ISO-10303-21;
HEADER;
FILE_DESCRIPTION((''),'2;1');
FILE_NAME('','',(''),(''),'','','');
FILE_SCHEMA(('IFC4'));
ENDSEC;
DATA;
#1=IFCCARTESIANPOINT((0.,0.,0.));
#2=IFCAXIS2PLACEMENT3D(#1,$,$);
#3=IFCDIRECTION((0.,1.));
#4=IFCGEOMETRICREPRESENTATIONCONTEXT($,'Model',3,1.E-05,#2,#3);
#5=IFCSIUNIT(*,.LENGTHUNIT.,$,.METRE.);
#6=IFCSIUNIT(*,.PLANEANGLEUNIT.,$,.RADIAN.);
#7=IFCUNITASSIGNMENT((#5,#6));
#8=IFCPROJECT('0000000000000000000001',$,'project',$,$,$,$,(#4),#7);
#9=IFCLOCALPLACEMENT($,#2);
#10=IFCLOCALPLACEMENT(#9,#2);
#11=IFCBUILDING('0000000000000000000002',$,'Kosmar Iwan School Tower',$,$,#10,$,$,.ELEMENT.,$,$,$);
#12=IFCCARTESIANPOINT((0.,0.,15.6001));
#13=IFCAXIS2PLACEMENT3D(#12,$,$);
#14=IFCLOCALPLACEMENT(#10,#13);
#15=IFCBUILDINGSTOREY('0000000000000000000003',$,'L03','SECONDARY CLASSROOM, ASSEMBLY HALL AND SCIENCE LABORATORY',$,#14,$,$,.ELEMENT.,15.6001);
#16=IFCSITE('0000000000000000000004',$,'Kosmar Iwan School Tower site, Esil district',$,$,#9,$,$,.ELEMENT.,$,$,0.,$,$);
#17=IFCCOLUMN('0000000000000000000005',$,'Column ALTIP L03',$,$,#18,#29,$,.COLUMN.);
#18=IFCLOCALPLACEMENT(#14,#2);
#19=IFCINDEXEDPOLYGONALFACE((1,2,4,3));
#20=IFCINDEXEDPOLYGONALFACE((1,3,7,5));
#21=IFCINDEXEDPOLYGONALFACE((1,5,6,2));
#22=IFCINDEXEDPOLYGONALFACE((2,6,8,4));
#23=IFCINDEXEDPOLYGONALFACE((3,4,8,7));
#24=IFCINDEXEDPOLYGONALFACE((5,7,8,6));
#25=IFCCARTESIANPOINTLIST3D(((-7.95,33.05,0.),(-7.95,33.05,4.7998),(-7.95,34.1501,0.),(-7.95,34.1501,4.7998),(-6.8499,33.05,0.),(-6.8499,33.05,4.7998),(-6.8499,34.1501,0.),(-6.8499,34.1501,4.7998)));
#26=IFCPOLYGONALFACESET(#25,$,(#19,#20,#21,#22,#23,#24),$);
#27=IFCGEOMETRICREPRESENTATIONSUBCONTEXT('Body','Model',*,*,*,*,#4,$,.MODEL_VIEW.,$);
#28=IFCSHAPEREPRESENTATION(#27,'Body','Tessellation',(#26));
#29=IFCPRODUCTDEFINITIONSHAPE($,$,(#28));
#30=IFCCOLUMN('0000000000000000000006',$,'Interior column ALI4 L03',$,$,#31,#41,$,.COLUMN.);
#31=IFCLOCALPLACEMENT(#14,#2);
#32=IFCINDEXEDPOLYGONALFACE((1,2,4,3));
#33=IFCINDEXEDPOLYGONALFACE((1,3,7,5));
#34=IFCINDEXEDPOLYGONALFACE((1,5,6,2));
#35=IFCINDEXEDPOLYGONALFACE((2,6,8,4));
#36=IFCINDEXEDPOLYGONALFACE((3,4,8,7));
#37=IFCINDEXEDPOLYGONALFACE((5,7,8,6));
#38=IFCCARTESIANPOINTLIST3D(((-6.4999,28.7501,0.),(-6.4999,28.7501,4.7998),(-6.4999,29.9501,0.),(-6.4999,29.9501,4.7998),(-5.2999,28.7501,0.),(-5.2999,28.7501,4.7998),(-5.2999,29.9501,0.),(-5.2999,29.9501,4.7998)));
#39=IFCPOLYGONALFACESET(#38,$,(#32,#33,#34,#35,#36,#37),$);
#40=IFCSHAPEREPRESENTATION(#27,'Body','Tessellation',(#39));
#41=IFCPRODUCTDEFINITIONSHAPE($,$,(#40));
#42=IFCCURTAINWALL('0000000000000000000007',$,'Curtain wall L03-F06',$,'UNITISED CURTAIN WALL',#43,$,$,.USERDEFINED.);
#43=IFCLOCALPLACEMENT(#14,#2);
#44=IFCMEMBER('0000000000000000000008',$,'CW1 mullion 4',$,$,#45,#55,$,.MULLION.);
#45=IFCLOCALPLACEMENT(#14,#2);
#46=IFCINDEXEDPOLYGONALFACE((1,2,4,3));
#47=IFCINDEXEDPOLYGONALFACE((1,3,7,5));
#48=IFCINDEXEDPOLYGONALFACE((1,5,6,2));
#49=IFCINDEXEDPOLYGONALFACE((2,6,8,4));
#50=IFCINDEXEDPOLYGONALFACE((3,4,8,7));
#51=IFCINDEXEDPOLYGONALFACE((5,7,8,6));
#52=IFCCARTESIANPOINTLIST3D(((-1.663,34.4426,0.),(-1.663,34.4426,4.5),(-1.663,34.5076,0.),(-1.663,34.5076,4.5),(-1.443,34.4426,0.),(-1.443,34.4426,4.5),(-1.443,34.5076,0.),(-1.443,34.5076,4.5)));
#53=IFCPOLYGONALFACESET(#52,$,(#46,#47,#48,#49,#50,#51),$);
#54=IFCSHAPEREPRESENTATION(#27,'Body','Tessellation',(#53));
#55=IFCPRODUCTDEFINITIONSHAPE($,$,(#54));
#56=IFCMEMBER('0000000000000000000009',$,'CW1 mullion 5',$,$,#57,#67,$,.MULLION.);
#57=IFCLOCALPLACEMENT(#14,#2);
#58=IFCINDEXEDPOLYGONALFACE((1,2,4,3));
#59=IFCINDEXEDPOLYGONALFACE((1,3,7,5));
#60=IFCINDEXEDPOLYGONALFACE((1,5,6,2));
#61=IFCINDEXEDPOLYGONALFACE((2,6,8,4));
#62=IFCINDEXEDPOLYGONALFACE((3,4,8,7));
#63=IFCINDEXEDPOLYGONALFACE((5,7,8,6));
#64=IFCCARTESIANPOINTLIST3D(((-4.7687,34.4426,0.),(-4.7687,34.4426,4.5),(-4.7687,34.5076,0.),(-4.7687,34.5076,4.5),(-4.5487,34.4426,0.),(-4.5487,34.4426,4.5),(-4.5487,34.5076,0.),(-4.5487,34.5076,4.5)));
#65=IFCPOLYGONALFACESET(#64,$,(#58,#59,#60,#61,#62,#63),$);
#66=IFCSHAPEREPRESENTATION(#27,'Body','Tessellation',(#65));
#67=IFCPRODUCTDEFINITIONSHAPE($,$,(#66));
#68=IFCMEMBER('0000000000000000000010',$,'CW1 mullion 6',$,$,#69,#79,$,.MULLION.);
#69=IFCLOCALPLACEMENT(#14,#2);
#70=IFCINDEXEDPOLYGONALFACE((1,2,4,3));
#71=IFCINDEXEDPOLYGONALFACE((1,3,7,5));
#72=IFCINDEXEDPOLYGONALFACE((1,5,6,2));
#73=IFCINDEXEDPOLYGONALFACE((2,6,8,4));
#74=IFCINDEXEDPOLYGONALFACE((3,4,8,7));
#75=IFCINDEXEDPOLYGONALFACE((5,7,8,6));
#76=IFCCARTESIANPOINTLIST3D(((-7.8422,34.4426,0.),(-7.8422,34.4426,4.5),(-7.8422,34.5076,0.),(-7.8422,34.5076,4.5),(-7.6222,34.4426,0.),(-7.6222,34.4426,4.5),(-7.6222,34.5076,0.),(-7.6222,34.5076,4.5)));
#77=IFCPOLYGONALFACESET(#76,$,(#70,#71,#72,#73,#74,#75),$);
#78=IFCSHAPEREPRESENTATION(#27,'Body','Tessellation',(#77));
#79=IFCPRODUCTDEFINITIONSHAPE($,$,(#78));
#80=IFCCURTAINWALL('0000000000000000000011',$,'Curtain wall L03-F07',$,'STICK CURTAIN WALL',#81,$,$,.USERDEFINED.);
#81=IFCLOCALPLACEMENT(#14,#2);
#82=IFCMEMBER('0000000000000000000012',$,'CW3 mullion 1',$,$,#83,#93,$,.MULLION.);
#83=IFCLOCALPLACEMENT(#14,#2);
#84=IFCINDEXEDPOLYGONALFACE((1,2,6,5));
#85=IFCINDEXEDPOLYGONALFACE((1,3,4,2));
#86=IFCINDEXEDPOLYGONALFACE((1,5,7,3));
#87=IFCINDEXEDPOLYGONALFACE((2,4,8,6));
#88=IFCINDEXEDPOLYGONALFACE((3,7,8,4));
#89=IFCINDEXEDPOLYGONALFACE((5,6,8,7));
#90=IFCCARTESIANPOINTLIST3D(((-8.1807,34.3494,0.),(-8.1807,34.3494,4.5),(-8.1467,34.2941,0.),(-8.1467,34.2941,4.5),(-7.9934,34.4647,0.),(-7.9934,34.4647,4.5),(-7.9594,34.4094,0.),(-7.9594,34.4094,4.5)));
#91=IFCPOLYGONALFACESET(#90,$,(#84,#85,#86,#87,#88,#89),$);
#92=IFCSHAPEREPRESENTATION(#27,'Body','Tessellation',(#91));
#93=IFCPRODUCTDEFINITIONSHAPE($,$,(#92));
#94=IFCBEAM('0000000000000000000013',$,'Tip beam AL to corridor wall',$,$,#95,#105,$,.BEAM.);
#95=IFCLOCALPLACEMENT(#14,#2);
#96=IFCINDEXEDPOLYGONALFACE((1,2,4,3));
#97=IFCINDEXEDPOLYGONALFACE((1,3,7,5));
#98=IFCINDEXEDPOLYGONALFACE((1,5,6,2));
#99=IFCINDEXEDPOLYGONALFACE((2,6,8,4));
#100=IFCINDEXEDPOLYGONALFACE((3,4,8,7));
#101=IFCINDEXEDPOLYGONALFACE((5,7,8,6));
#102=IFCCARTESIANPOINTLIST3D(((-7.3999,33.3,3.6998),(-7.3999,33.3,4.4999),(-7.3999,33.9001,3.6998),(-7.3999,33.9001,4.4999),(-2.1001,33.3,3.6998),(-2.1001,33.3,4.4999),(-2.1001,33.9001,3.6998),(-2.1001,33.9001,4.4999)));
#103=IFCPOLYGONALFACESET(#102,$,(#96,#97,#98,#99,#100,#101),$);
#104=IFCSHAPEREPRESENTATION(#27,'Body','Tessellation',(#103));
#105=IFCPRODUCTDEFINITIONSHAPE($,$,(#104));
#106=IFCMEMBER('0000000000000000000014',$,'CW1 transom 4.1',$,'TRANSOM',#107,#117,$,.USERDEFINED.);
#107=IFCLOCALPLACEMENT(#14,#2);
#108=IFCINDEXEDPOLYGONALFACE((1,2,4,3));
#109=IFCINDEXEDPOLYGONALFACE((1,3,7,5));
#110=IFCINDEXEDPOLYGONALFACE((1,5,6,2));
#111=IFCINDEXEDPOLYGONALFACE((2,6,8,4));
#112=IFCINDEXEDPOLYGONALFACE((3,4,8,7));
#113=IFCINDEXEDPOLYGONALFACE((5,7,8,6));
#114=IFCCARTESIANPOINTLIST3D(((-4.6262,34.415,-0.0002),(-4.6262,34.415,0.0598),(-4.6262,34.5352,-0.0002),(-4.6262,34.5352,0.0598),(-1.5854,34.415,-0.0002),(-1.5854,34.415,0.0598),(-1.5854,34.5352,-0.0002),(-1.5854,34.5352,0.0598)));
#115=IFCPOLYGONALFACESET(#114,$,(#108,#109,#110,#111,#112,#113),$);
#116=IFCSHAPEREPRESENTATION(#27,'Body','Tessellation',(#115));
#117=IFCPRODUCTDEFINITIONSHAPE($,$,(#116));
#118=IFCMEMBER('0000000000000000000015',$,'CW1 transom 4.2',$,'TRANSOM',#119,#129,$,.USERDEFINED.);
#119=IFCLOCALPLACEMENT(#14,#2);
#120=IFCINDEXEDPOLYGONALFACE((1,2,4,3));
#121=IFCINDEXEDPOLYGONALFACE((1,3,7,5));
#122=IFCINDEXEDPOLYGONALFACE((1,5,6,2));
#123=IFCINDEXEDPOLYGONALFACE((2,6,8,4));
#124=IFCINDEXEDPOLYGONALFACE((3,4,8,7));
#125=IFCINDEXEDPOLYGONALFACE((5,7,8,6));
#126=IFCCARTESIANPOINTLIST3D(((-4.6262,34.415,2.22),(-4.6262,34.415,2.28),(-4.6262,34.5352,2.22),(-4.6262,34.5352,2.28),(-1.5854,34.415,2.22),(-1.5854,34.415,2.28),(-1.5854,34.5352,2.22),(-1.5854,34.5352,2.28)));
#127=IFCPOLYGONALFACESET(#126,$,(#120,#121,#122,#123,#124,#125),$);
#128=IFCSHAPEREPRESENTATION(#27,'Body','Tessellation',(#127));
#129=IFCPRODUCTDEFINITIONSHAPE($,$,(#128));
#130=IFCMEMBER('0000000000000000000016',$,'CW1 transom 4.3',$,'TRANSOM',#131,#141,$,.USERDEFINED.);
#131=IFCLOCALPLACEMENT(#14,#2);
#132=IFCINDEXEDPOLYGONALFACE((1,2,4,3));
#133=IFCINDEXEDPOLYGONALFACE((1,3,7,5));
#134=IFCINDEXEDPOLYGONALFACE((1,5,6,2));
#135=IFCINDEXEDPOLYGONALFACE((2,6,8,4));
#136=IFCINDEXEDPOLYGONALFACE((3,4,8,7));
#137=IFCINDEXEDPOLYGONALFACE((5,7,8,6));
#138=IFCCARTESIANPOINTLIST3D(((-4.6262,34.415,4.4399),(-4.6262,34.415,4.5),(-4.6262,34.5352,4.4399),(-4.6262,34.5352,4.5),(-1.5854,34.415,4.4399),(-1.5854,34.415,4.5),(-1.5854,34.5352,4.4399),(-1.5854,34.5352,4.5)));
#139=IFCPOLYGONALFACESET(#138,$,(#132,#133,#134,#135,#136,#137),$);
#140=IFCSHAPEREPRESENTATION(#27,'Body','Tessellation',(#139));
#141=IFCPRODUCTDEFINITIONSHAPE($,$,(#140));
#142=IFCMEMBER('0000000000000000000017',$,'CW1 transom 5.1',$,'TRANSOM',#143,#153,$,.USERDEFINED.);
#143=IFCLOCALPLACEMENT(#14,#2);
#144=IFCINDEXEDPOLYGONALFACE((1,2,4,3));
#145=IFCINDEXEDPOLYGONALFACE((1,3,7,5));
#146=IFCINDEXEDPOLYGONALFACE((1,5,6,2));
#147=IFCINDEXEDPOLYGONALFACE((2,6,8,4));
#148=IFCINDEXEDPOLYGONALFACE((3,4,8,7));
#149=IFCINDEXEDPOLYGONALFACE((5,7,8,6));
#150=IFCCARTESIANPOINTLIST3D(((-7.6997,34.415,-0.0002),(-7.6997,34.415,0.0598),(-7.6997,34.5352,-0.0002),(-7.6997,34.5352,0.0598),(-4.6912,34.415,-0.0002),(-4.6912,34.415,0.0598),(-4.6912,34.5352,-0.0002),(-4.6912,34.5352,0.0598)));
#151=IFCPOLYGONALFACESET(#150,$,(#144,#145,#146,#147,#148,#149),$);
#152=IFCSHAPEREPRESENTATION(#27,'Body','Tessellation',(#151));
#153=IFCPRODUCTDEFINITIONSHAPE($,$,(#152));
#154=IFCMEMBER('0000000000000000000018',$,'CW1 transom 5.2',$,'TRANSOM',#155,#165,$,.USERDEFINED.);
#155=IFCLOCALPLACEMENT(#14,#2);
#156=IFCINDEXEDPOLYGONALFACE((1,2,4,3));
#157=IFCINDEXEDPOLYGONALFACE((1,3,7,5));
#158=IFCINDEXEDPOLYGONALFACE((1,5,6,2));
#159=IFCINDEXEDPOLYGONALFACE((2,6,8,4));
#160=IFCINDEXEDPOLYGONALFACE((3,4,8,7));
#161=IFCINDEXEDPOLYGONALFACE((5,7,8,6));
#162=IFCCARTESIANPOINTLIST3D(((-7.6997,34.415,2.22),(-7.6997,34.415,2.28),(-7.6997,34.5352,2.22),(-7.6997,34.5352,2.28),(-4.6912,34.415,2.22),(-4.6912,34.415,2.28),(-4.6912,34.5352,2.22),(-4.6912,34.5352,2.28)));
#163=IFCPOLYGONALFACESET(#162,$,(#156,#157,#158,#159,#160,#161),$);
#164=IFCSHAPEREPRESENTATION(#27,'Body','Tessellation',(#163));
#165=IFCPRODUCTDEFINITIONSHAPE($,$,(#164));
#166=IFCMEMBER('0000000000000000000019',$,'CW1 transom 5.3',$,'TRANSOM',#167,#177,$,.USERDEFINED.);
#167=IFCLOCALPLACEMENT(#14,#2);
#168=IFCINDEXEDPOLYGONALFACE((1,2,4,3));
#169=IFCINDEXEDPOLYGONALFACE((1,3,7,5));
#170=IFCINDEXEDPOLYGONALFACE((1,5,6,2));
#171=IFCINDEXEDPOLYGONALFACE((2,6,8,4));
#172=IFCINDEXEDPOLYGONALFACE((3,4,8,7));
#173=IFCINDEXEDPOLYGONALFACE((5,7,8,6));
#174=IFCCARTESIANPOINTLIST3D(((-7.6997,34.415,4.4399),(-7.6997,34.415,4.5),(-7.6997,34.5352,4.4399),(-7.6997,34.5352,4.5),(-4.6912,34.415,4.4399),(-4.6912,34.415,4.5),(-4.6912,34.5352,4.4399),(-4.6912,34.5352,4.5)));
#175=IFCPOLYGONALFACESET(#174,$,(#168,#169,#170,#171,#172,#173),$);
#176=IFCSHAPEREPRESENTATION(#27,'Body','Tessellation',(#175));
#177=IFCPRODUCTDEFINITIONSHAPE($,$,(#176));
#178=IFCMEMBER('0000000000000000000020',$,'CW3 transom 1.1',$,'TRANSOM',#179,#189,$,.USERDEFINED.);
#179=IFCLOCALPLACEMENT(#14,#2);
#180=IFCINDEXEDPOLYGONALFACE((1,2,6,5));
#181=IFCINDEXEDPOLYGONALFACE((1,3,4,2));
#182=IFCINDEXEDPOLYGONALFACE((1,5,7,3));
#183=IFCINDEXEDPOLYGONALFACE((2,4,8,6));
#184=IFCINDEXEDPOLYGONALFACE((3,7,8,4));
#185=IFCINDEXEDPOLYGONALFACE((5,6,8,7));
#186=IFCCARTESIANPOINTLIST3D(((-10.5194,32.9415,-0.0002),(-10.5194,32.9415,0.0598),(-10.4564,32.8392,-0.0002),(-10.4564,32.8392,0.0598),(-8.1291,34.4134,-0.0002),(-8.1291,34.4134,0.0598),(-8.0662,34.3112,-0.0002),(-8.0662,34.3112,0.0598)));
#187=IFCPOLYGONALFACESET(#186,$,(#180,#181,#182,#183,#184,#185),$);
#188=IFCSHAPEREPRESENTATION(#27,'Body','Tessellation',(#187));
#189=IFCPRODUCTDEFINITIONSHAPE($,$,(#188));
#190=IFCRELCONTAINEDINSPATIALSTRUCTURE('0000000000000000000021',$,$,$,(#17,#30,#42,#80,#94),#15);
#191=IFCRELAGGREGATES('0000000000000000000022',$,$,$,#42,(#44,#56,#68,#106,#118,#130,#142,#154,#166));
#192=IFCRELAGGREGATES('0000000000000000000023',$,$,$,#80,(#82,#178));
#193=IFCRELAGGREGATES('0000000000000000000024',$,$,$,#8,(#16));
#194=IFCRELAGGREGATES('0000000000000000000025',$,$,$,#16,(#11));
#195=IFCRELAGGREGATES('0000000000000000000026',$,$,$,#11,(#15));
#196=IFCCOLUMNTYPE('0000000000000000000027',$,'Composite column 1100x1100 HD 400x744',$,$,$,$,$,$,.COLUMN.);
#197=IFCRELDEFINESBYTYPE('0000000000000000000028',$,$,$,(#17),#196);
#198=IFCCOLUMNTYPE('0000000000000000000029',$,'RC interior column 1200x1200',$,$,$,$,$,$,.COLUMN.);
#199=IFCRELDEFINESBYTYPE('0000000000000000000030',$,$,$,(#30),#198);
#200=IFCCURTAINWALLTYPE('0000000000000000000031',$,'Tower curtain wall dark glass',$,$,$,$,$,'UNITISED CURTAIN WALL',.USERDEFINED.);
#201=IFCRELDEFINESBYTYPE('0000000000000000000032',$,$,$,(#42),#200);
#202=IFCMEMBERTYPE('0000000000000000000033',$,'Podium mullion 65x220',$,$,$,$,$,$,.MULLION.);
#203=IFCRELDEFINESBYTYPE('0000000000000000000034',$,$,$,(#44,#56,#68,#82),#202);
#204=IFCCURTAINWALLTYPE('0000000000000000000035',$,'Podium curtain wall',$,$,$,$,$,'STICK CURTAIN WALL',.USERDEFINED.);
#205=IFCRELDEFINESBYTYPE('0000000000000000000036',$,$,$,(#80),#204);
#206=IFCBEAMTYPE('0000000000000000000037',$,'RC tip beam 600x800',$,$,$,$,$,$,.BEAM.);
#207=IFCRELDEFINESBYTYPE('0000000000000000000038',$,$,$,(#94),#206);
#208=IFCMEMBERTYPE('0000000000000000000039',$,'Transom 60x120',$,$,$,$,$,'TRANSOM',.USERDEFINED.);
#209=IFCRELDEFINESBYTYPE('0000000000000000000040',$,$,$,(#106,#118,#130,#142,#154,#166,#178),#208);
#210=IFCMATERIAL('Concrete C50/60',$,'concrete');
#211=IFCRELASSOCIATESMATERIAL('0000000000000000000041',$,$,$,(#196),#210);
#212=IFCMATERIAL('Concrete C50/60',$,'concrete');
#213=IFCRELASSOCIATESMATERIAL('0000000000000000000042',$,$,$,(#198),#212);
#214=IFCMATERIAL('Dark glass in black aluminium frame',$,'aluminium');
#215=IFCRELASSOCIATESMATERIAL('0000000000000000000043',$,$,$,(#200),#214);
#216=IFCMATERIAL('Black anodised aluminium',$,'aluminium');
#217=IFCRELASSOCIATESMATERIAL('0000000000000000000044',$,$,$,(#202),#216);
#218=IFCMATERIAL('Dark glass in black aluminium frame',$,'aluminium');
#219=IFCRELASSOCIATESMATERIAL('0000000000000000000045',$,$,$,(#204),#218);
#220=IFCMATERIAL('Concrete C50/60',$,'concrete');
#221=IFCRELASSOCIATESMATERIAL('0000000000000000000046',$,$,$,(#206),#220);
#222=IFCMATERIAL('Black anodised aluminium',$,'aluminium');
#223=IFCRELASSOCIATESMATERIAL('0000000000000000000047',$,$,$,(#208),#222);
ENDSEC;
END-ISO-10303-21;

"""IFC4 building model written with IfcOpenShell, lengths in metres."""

from ifc_helpers import new_model, si_unit, direction, frame, origin, origin_2d, place, context, subcontext, project, spatial, rectangle, extrude, material, material_profile, profile_set, type_object, element, aggregate, save


model = new_model("IFC4")

# Units and contexts
model_context = context("Model", 3, precision=1e-05, world=origin(), true_north=direction((0.0, 1.0)))
body_context = subcontext(model_context, "Body", "Model", "MODEL_VIEW")
ifc_project = project(units=[si_unit("LENGTHUNIT", "METRE"), si_unit("PLANEANGLEUNIT", "RADIAN")], contexts=[model_context])

# Site, building, storey
site_placement = place(None, origin())
site = spatial("IfcSite", under=ifc_project, at=site_placement, Name="Kosmar Iwan School Tower site, Esil district", CompositionType="ELEMENT", RefElevation=0.0)
building_placement = place(site_placement, origin())
building = spatial("IfcBuilding", under=site, at=building_placement, Name="Kosmar Iwan School Tower", CompositionType="ELEMENT")
storey_placement = place(building_placement, frame((0.0, 0.0, 15.6001)))
storey = spatial("IfcBuildingStorey", under=building, at=storey_placement, Name="L03", Description="SECONDARY CLASSROOM, ASSEMBLY HALL AND SCIENCE LABORATORY", CompositionType="ELEMENT", Elevation=15.6001)

# Columns
ifc_material_1 = material(Name="Concrete C50/60", Category="concrete")
ifc_material_profile_1 = material_profile(ifc_material_1, rectangle(XDim=1.1001, YDim=1.1001, at=origin_2d()), Name="RC 1100x1100 + HD 400x744")
ifc_profile_set_1 = profile_set([ifc_material_profile_1], Name="Concrete C50/60")
column_type_1 = type_object("IfcColumnType", Name="Composite column 1100x1100 HD 400x744", PredefinedType="COLUMN", material=ifc_profile_set_1)
column_1_placement = place(storey_placement, frame((-7.3999, 33.6001, 0.0), z_axis=(0.0, 0.0, 1.0), x_axis=(0.0, 1.0, 0.0)))
element("IfcColumn", 1, at=column_1_placement, inside=storey, type_object=column_type_1, Name="Column ALTIP L03", PredefinedType="COLUMN", context=body_context, shape_type="SweptSolid", body=[
    extrude(rectangle(XDim=1.1001, YDim=1.1001, at=origin_2d()), origin(), (0.0, 0.0, 1.0), 4.7998),
])
ifc_material_2 = material(Name="Concrete C50/60", Category="concrete")
ifc_material_profile_2 = material_profile(ifc_material_2, rectangle(XDim=1.2, YDim=1.2, at=origin_2d()), Name="RC 1200x1200")
ifc_profile_set_2 = profile_set([ifc_material_profile_2], Name="Concrete C50/60")
column_type_2 = type_object("IfcColumnType", Name="RC interior column 1200x1200", PredefinedType="COLUMN", material=ifc_profile_set_2)
column_2_placement = place(storey_placement, frame((-5.8999, 29.3501, 0.0), z_axis=(0.0, 0.0, 1.0), x_axis=(0.0, 1.0, 0.0)))
element("IfcColumn", 2, at=column_2_placement, inside=storey, type_object=column_type_2, Name="Interior column ALI4 L03", PredefinedType="COLUMN", context=body_context, shape_type="SweptSolid", body=[
    extrude(rectangle(XDim=1.2, YDim=1.2, at=origin_2d()), origin(), (0.0, 0.0, 1.0), 4.7998),
])

# Curtain wall, members
ifc_material_3 = material(Name="Dark glass in black aluminium frame", Category="aluminium")
curtain_wall_type_1 = type_object("IfcCurtainWallType", Name="Tower curtain wall dark glass", ElementType="UNITISED CURTAIN WALL", PredefinedType="USERDEFINED", material=ifc_material_3)
curtain_wall_1_placement = place(storey_placement, origin())
curtain_wall_1 = element("IfcCurtainWall", 3, at=curtain_wall_1_placement, inside=storey, type_object=curtain_wall_type_1, Name="Curtain wall L03-F06", ObjectType="UNITISED CURTAIN WALL", PredefinedType="USERDEFINED")
ifc_material_4 = material(Name="Black anodised aluminium", Category="aluminium")
ifc_material_profile_3 = material_profile(ifc_material_4, rectangle(XDim=0.0649, YDim=0.22, at=origin_2d()), Name="MULLION 65x220")
ifc_profile_set_3 = profile_set([ifc_material_profile_3], Name="Black anodised aluminium")
member_type_1 = type_object("IfcMemberType", Name="Podium mullion 65x220", PredefinedType="MULLION", material=ifc_profile_set_3)
member_1_placement = place(storey_placement, frame((-1.553, 34.4751, 0.0), z_axis=(0.0, 0.0, 1.0), x_axis=(0.0, -1.0, 0.0)))
member_1 = element("IfcMember", 4, at=member_1_placement, type_object=member_type_1, Name="CW1 mullion 4", PredefinedType="MULLION", context=body_context, shape_type="SweptSolid", body=[
    extrude(rectangle(XDim=0.0649, YDim=0.22, at=origin_2d()), origin(), (0.0, 0.0, 1.0), 4.5),
])
member_2_placement = place(storey_placement, frame((-4.6587, 34.4751, 0.0), z_axis=(0.0, 0.0, 1.0), x_axis=(0.0, -1.0, 0.0)))
member_2 = element("IfcMember", 5, at=member_2_placement, type_object=member_type_1, Name="CW1 mullion 5", PredefinedType="MULLION", context=body_context, shape_type="SweptSolid", body=[
    extrude(rectangle(XDim=0.0649, YDim=0.22, at=origin_2d()), origin(), (0.0, 0.0, 1.0), 4.5),
])
member_3_placement = place(storey_placement, frame((-7.7322, 34.4751, 0.0), z_axis=(0.0, 0.0, 1.0), x_axis=(0.0, -1.0, 0.0)))
member_3 = element("IfcMember", 6, at=member_3_placement, type_object=member_type_1, Name="CW1 mullion 6", PredefinedType="MULLION", context=body_context, shape_type="SweptSolid", body=[
    extrude(rectangle(XDim=0.0649, YDim=0.22, at=origin_2d()), origin(), (0.0, 0.0, 1.0), 4.5),
])

# Curtain wall, member
ifc_material_5 = material(Name="Dark glass in black aluminium frame", Category="aluminium")
curtain_wall_type_2 = type_object("IfcCurtainWallType", Name="Podium curtain wall", ElementType="STICK CURTAIN WALL", PredefinedType="USERDEFINED", material=ifc_material_5)
curtain_wall_2_placement = place(storey_placement, origin())
curtain_wall_2 = element("IfcCurtainWall", 7, at=curtain_wall_2_placement, inside=storey, type_object=curtain_wall_type_2, Name="Curtain wall L03-F07", ObjectType="STICK CURTAIN WALL", PredefinedType="USERDEFINED")
member_4_placement = place(storey_placement, frame((-8.0701, 34.3794, 0.0), z_axis=(0.0, 0.0, 1.0), x_axis=(0.524382, -0.851483, 0.0)))
member_4 = element("IfcMember", 8, at=member_4_placement, type_object=member_type_1, Name="CW3 mullion 1", PredefinedType="MULLION", context=body_context, shape_type="SweptSolid", body=[
    extrude(rectangle(XDim=0.0649, YDim=0.22, at=origin_2d()), origin(), (0.0, 0.0, 1.0), 4.5),
])

# Beam
ifc_material_6 = material(Name="Concrete C50/60", Category="concrete")
ifc_material_profile_4 = material_profile(ifc_material_6, rectangle(XDim=0.6001, YDim=0.8, at=origin_2d()), Name="RC 600x800")
ifc_profile_set_4 = profile_set([ifc_material_profile_4], Name="Concrete C50/60")
beam_type = type_object("IfcBeamType", Name="RC tip beam 600x800", PredefinedType="BEAM", material=ifc_profile_set_4)
beam_placement = place(storey_placement, frame((-7.3999, 33.6001, 4.0999), z_axis=(1.0, 0.0, 0.0), x_axis=(0.0, 1.0, 0.0)))
element("IfcBeam", 9, at=beam_placement, inside=storey, type_object=beam_type, Name="Tip beam AL to corridor wall", PredefinedType="BEAM", context=body_context, shape_type="SweptSolid", body=[
    extrude(rectangle(XDim=0.6001, YDim=0.8, at=origin_2d()), origin(), (0.0, 0.0, 1.0), 5.2998),
])

# Members
ifc_material_7 = material(Name="Black anodised aluminium", Category="aluminium")
ifc_material_profile_5 = material_profile(ifc_material_7, rectangle(XDim=0.1201, YDim=0.0601, at=origin_2d()), Name="TRANSOM 60x120")
ifc_profile_set_5 = profile_set([ifc_material_profile_5], Name="Black anodised aluminium")
member_type_2 = type_object("IfcMemberType", Name="Transom 60x120", ElementType="TRANSOM", PredefinedType="USERDEFINED", material=ifc_profile_set_5)
member_5_placement = place(storey_placement, frame((-1.5854, 34.4751, 0.0298), z_axis=(-1.0, 0.0, 0.0), x_axis=(0.0, -1.0, 0.0)))
member_5 = element("IfcMember", 10, at=member_5_placement, type_object=member_type_2, Name="CW1 transom 4.1", ObjectType="TRANSOM", PredefinedType="USERDEFINED", context=body_context, shape_type="SweptSolid", body=[
    extrude(rectangle(XDim=0.1201, YDim=0.0601, at=origin_2d()), origin(), (0.0, 0.0, 1.0), 3.0408),
])
member_6_placement = place(storey_placement, frame((-1.5854, 34.4751, 2.25), z_axis=(-1.0, 0.0, 0.0), x_axis=(0.0, -1.0, 0.0)))
member_6 = element("IfcMember", 11, at=member_6_placement, type_object=member_type_2, Name="CW1 transom 4.2", ObjectType="TRANSOM", PredefinedType="USERDEFINED", context=body_context, shape_type="SweptSolid", body=[
    extrude(rectangle(XDim=0.1201, YDim=0.0601, at=origin_2d()), origin(), (0.0, 0.0, 1.0), 3.0408),
])
member_7_placement = place(storey_placement, frame((-1.5854, 34.4751, 4.47), z_axis=(-1.0, 0.0, 0.0), x_axis=(0.0, -1.0, 0.0)))
member_7 = element("IfcMember", 12, at=member_7_placement, type_object=member_type_2, Name="CW1 transom 4.3", ObjectType="TRANSOM", PredefinedType="USERDEFINED", context=body_context, shape_type="SweptSolid", body=[
    extrude(rectangle(XDim=0.1201, YDim=0.0601, at=origin_2d()), origin(), (0.0, 0.0, 1.0), 3.0408),
])
member_8_placement = place(storey_placement, frame((-4.6912, 34.4751, 0.0298), z_axis=(-1.0, 0.0, 0.0), x_axis=(0.0, -1.0, 0.0)))
member_8 = element("IfcMember", 13, at=member_8_placement, type_object=member_type_2, Name="CW1 transom 5.1", ObjectType="TRANSOM", PredefinedType="USERDEFINED", context=body_context, shape_type="SweptSolid", body=[
    extrude(rectangle(XDim=0.1201, YDim=0.0601, at=origin_2d()), origin(), (0.0, 0.0, 1.0), 3.0085),
])
member_9_placement = place(storey_placement, frame((-4.6912, 34.4751, 2.25), z_axis=(-1.0, 0.0, 0.0), x_axis=(0.0, -1.0, 0.0)))
member_9 = element("IfcMember", 14, at=member_9_placement, type_object=member_type_2, Name="CW1 transom 5.2", ObjectType="TRANSOM", PredefinedType="USERDEFINED", context=body_context, shape_type="SweptSolid", body=[
    extrude(rectangle(XDim=0.1201, YDim=0.0601, at=origin_2d()), origin(), (0.0, 0.0, 1.0), 3.0085),
])
member_10_placement = place(storey_placement, frame((-4.6912, 34.4751, 4.47), z_axis=(-1.0, 0.0, 0.0), x_axis=(0.0, -1.0, 0.0)))
member_10 = element("IfcMember", 15, at=member_10_placement, type_object=member_type_2, Name="CW1 transom 5.3", ObjectType="TRANSOM", PredefinedType="USERDEFINED", context=body_context, shape_type="SweptSolid", body=[
    extrude(rectangle(XDim=0.1201, YDim=0.0601, at=origin_2d()), origin(), (0.0, 0.0, 1.0), 3.0085),
])
member_11_placement = place(storey_placement, frame((-8.0977, 34.3623, 0.0298), z_axis=(-0.851488, -0.524374, 0.0), x_axis=(0.524374, -0.851488, 0.0)))
member_11 = element("IfcMember", 16, at=member_11_placement, type_object=member_type_2, Name="CW3 transom 1.1", ObjectType="TRANSOM", PredefinedType="USERDEFINED", context=body_context, shape_type="SweptSolid", body=[
    extrude(rectangle(XDim=0.1201, YDim=0.0601, at=origin_2d()), origin(), (0.0, 0.0, 1.0), 2.8071),
])

aggregate(curtain_wall_1, [member_1, member_2, member_3, member_5, member_6, member_7, member_8, member_9, member_10])
aggregate(curtain_wall_2, [member_4, member_11])

save(model, "model.ifc")
